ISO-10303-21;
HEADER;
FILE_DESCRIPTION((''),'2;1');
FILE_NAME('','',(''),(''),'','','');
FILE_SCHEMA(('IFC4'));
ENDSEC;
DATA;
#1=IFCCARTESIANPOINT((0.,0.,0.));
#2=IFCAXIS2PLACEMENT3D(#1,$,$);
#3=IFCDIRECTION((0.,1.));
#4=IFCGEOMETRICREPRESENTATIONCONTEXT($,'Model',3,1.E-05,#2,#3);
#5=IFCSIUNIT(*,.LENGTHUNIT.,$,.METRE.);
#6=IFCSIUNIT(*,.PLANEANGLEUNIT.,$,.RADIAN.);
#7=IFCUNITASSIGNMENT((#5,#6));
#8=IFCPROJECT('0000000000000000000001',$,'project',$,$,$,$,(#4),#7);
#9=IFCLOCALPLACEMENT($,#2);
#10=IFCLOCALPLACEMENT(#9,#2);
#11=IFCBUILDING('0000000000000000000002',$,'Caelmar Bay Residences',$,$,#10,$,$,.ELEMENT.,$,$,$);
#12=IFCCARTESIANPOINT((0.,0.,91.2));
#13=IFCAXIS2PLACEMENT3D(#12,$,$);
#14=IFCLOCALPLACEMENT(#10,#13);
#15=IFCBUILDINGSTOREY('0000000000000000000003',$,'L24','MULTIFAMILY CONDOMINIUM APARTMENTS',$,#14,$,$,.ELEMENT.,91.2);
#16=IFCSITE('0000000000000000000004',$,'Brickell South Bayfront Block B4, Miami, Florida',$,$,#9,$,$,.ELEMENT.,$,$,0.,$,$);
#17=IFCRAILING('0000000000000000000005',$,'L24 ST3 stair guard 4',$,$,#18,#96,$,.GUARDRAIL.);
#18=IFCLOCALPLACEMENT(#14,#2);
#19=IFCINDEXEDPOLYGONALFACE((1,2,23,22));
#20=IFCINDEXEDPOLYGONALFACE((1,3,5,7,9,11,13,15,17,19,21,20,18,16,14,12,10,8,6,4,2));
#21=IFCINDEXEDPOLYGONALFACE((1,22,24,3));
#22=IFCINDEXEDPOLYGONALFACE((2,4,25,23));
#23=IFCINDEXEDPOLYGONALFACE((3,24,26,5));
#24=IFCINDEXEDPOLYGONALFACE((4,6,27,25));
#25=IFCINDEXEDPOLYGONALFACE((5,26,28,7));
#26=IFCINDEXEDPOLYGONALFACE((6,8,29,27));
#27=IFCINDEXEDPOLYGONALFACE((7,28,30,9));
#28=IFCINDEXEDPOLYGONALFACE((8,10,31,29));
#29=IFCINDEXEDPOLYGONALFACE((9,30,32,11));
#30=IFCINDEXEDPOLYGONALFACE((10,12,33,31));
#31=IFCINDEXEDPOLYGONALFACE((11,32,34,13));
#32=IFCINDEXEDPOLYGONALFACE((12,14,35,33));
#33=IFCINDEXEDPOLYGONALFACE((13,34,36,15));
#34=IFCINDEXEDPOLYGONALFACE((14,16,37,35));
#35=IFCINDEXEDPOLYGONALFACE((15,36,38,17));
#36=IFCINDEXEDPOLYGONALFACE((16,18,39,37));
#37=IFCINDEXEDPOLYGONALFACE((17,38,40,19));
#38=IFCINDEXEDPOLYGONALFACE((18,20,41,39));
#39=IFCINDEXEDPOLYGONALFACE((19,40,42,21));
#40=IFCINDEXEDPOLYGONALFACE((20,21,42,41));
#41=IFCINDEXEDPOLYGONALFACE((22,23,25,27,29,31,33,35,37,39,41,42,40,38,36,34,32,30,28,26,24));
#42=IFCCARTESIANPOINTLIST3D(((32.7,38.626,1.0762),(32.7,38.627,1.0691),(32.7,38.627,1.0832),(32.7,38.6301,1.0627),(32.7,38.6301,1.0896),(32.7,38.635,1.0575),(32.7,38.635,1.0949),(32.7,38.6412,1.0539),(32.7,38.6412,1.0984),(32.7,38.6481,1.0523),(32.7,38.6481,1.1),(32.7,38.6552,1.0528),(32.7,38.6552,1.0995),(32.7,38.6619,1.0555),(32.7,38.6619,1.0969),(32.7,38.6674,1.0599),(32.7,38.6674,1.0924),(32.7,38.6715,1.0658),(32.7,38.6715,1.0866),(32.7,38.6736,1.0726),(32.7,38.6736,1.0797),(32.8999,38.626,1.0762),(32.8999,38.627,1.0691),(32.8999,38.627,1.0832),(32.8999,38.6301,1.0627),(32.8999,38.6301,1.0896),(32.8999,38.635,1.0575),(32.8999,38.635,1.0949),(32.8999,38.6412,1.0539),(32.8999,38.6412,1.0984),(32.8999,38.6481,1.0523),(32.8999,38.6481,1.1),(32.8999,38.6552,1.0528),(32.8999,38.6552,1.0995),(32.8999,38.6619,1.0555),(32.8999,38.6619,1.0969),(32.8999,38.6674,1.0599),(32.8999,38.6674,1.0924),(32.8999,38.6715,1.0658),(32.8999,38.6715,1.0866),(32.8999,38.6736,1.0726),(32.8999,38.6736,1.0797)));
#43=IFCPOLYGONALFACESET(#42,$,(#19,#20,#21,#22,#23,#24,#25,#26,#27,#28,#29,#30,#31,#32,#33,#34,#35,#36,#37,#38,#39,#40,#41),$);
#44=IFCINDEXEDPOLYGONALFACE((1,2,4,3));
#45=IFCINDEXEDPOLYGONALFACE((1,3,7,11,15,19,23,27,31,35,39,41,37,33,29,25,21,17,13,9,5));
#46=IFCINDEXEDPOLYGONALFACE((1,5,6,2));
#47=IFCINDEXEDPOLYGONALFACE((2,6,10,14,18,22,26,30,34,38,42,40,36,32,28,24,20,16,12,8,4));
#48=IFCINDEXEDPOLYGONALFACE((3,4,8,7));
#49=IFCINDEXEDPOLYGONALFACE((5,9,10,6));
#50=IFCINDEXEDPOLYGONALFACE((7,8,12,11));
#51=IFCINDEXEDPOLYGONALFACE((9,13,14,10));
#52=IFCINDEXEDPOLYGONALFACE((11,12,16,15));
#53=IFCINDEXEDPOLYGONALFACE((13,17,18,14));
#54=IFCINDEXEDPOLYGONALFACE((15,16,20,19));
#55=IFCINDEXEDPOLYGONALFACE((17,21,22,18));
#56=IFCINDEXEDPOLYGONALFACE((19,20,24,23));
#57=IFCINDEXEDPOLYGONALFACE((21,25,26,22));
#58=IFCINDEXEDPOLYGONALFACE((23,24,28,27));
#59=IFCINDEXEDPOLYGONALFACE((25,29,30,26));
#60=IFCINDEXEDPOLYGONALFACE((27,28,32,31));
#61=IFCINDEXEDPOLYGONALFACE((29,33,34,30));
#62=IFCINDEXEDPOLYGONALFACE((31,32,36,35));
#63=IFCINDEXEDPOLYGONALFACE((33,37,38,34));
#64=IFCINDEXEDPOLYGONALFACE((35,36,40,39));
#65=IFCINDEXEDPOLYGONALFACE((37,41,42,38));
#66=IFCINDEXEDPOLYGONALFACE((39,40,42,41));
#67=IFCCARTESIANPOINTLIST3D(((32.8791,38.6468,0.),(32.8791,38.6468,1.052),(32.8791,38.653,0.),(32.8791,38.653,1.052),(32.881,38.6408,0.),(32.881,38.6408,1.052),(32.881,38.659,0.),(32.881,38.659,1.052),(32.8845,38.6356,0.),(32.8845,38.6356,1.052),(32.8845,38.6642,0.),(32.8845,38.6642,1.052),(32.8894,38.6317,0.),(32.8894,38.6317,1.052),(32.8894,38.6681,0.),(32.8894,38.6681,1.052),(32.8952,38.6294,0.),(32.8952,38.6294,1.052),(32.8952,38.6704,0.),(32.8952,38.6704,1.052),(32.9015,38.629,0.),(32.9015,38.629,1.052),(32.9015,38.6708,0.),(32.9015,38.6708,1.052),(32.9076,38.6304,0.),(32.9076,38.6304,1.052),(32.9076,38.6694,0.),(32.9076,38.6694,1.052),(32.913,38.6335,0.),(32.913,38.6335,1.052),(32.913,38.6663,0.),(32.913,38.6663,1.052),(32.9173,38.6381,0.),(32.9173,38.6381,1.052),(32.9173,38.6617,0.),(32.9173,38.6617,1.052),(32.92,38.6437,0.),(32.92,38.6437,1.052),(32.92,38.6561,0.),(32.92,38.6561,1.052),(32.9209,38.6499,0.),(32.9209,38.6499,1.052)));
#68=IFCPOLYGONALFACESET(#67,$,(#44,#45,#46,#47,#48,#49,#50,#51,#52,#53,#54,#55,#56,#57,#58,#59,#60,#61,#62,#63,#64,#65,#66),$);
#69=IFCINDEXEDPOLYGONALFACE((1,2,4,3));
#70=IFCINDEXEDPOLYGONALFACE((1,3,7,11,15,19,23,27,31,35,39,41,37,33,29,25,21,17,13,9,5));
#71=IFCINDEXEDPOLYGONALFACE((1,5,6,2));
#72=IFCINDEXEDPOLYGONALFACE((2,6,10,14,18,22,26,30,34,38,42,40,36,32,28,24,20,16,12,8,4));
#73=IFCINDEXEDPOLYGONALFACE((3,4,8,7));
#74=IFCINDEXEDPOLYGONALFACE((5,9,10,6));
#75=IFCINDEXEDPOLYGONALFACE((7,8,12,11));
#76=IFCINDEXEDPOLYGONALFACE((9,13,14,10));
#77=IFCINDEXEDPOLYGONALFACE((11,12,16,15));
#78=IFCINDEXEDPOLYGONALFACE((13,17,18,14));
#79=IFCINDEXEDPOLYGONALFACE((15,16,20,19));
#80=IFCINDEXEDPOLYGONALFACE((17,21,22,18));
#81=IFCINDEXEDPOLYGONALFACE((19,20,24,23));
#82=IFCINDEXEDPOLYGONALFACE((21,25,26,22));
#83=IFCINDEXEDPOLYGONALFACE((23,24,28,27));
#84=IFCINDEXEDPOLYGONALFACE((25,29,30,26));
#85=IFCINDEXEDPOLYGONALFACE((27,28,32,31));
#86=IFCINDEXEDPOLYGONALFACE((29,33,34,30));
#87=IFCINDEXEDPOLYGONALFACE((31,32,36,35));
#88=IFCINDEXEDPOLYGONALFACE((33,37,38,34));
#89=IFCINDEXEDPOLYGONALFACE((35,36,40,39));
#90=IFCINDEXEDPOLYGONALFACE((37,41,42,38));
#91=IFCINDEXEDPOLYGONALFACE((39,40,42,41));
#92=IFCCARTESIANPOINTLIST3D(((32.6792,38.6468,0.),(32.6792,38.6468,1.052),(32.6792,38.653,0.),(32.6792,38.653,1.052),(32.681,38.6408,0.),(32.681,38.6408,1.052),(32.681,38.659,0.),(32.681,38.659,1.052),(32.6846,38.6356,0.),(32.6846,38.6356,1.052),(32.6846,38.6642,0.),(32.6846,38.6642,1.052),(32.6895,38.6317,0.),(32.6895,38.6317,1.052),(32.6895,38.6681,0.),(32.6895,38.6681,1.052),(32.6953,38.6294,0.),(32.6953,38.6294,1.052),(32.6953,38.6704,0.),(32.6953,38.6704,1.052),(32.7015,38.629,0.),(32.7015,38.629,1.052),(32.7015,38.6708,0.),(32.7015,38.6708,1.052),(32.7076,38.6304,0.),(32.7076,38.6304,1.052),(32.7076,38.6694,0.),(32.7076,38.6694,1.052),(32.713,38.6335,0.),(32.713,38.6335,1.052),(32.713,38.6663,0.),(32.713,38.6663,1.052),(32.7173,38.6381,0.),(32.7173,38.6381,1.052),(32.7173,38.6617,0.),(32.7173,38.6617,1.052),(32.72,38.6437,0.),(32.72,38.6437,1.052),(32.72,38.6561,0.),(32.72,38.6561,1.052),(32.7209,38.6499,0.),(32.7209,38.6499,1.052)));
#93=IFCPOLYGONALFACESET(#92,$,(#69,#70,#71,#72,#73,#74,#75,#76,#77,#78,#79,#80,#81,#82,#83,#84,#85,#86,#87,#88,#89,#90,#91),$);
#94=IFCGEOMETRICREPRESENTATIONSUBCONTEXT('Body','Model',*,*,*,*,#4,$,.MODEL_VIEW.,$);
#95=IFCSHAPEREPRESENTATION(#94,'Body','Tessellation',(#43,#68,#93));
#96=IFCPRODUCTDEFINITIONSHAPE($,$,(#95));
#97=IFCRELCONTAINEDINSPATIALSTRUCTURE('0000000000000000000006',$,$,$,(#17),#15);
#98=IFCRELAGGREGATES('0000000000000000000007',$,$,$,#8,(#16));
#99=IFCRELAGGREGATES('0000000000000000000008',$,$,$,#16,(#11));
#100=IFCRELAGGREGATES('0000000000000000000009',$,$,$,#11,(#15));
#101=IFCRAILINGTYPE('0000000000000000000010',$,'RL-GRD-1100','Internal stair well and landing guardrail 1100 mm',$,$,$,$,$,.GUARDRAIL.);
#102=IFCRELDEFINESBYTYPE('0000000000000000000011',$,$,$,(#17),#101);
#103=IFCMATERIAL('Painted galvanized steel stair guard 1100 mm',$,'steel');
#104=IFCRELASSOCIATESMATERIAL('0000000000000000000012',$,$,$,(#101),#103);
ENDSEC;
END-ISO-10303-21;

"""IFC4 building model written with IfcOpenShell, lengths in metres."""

from ifc_helpers import new_model, si_unit, direction, frame, origin, origin_2d, place, context, subcontext, project, spatial, circle, extrude, material, type_object, element, save


model = new_model("IFC4")

# Units and contexts
model_context = context("Model", 3, precision=1e-05, world=origin(), true_north=direction((0.0, 1.0)))
body_context = subcontext(model_context, "Body", "Model", "MODEL_VIEW")
ifc_project = project(units=[si_unit("LENGTHUNIT", "METRE"), si_unit("PLANEANGLEUNIT", "RADIAN")], contexts=[model_context])

# Site, building, storey
site_placement = place(None, origin())
site = spatial("IfcSite", under=ifc_project, at=site_placement, Name="Brickell South Bayfront Block B4, Miami, Florida", CompositionType="ELEMENT", RefElevation=0.0)
building_placement = place(site_placement, origin())
building = spatial("IfcBuilding", under=site, at=building_placement, Name="Caelmar Bay Residences", CompositionType="ELEMENT")
storey_placement = place(building_placement, frame((0.0, 0.0, 91.2)))
storey = spatial("IfcBuildingStorey", under=building, at=storey_placement, Name="L24", Description="MULTIFAMILY CONDOMINIUM APARTMENTS", CompositionType="ELEMENT", Elevation=91.2)

# Railing
ifc_material_1 = material(Name="Painted galvanized steel stair guard 1100 mm", Category="steel")
railing_type_1 = type_object("IfcRailingType", Name="RL-GRD-1100", Description="Internal stair well and landing guardrail 1100 mm", PredefinedType="GUARDRAIL", material=ifc_material_1)
railing_1_placement = place(storey_placement, frame((32.8999, 38.6499, 0.0)))
element("IfcRailing", 1, at=railing_1_placement, inside=storey, type_object=railing_type_1, Name="L24 ST3 stair guard 4", PredefinedType="GUARDRAIL", context=body_context, shape_type="SweptSolid", body=[
    extrude(circle(Radius=0.0239, at=origin_2d()), frame((0.0, 0.0, 1.0762), z_axis=(-1.0, 0.0, 0.0), x_axis=(0.0, -1.0, 0.0)), (0.0, 0.0, 1.0), 0.2),
    extrude(circle(Radius=0.021, at=origin_2d()), origin(), (0.0, 0.0, 1.0), 1.052),
    extrude(circle(Radius=0.021, at=origin_2d()), frame((-0.2, 0.0, 0.0)), (0.0, 0.0, 1.0), 1.052),
])

save(model, "model.ifc")
